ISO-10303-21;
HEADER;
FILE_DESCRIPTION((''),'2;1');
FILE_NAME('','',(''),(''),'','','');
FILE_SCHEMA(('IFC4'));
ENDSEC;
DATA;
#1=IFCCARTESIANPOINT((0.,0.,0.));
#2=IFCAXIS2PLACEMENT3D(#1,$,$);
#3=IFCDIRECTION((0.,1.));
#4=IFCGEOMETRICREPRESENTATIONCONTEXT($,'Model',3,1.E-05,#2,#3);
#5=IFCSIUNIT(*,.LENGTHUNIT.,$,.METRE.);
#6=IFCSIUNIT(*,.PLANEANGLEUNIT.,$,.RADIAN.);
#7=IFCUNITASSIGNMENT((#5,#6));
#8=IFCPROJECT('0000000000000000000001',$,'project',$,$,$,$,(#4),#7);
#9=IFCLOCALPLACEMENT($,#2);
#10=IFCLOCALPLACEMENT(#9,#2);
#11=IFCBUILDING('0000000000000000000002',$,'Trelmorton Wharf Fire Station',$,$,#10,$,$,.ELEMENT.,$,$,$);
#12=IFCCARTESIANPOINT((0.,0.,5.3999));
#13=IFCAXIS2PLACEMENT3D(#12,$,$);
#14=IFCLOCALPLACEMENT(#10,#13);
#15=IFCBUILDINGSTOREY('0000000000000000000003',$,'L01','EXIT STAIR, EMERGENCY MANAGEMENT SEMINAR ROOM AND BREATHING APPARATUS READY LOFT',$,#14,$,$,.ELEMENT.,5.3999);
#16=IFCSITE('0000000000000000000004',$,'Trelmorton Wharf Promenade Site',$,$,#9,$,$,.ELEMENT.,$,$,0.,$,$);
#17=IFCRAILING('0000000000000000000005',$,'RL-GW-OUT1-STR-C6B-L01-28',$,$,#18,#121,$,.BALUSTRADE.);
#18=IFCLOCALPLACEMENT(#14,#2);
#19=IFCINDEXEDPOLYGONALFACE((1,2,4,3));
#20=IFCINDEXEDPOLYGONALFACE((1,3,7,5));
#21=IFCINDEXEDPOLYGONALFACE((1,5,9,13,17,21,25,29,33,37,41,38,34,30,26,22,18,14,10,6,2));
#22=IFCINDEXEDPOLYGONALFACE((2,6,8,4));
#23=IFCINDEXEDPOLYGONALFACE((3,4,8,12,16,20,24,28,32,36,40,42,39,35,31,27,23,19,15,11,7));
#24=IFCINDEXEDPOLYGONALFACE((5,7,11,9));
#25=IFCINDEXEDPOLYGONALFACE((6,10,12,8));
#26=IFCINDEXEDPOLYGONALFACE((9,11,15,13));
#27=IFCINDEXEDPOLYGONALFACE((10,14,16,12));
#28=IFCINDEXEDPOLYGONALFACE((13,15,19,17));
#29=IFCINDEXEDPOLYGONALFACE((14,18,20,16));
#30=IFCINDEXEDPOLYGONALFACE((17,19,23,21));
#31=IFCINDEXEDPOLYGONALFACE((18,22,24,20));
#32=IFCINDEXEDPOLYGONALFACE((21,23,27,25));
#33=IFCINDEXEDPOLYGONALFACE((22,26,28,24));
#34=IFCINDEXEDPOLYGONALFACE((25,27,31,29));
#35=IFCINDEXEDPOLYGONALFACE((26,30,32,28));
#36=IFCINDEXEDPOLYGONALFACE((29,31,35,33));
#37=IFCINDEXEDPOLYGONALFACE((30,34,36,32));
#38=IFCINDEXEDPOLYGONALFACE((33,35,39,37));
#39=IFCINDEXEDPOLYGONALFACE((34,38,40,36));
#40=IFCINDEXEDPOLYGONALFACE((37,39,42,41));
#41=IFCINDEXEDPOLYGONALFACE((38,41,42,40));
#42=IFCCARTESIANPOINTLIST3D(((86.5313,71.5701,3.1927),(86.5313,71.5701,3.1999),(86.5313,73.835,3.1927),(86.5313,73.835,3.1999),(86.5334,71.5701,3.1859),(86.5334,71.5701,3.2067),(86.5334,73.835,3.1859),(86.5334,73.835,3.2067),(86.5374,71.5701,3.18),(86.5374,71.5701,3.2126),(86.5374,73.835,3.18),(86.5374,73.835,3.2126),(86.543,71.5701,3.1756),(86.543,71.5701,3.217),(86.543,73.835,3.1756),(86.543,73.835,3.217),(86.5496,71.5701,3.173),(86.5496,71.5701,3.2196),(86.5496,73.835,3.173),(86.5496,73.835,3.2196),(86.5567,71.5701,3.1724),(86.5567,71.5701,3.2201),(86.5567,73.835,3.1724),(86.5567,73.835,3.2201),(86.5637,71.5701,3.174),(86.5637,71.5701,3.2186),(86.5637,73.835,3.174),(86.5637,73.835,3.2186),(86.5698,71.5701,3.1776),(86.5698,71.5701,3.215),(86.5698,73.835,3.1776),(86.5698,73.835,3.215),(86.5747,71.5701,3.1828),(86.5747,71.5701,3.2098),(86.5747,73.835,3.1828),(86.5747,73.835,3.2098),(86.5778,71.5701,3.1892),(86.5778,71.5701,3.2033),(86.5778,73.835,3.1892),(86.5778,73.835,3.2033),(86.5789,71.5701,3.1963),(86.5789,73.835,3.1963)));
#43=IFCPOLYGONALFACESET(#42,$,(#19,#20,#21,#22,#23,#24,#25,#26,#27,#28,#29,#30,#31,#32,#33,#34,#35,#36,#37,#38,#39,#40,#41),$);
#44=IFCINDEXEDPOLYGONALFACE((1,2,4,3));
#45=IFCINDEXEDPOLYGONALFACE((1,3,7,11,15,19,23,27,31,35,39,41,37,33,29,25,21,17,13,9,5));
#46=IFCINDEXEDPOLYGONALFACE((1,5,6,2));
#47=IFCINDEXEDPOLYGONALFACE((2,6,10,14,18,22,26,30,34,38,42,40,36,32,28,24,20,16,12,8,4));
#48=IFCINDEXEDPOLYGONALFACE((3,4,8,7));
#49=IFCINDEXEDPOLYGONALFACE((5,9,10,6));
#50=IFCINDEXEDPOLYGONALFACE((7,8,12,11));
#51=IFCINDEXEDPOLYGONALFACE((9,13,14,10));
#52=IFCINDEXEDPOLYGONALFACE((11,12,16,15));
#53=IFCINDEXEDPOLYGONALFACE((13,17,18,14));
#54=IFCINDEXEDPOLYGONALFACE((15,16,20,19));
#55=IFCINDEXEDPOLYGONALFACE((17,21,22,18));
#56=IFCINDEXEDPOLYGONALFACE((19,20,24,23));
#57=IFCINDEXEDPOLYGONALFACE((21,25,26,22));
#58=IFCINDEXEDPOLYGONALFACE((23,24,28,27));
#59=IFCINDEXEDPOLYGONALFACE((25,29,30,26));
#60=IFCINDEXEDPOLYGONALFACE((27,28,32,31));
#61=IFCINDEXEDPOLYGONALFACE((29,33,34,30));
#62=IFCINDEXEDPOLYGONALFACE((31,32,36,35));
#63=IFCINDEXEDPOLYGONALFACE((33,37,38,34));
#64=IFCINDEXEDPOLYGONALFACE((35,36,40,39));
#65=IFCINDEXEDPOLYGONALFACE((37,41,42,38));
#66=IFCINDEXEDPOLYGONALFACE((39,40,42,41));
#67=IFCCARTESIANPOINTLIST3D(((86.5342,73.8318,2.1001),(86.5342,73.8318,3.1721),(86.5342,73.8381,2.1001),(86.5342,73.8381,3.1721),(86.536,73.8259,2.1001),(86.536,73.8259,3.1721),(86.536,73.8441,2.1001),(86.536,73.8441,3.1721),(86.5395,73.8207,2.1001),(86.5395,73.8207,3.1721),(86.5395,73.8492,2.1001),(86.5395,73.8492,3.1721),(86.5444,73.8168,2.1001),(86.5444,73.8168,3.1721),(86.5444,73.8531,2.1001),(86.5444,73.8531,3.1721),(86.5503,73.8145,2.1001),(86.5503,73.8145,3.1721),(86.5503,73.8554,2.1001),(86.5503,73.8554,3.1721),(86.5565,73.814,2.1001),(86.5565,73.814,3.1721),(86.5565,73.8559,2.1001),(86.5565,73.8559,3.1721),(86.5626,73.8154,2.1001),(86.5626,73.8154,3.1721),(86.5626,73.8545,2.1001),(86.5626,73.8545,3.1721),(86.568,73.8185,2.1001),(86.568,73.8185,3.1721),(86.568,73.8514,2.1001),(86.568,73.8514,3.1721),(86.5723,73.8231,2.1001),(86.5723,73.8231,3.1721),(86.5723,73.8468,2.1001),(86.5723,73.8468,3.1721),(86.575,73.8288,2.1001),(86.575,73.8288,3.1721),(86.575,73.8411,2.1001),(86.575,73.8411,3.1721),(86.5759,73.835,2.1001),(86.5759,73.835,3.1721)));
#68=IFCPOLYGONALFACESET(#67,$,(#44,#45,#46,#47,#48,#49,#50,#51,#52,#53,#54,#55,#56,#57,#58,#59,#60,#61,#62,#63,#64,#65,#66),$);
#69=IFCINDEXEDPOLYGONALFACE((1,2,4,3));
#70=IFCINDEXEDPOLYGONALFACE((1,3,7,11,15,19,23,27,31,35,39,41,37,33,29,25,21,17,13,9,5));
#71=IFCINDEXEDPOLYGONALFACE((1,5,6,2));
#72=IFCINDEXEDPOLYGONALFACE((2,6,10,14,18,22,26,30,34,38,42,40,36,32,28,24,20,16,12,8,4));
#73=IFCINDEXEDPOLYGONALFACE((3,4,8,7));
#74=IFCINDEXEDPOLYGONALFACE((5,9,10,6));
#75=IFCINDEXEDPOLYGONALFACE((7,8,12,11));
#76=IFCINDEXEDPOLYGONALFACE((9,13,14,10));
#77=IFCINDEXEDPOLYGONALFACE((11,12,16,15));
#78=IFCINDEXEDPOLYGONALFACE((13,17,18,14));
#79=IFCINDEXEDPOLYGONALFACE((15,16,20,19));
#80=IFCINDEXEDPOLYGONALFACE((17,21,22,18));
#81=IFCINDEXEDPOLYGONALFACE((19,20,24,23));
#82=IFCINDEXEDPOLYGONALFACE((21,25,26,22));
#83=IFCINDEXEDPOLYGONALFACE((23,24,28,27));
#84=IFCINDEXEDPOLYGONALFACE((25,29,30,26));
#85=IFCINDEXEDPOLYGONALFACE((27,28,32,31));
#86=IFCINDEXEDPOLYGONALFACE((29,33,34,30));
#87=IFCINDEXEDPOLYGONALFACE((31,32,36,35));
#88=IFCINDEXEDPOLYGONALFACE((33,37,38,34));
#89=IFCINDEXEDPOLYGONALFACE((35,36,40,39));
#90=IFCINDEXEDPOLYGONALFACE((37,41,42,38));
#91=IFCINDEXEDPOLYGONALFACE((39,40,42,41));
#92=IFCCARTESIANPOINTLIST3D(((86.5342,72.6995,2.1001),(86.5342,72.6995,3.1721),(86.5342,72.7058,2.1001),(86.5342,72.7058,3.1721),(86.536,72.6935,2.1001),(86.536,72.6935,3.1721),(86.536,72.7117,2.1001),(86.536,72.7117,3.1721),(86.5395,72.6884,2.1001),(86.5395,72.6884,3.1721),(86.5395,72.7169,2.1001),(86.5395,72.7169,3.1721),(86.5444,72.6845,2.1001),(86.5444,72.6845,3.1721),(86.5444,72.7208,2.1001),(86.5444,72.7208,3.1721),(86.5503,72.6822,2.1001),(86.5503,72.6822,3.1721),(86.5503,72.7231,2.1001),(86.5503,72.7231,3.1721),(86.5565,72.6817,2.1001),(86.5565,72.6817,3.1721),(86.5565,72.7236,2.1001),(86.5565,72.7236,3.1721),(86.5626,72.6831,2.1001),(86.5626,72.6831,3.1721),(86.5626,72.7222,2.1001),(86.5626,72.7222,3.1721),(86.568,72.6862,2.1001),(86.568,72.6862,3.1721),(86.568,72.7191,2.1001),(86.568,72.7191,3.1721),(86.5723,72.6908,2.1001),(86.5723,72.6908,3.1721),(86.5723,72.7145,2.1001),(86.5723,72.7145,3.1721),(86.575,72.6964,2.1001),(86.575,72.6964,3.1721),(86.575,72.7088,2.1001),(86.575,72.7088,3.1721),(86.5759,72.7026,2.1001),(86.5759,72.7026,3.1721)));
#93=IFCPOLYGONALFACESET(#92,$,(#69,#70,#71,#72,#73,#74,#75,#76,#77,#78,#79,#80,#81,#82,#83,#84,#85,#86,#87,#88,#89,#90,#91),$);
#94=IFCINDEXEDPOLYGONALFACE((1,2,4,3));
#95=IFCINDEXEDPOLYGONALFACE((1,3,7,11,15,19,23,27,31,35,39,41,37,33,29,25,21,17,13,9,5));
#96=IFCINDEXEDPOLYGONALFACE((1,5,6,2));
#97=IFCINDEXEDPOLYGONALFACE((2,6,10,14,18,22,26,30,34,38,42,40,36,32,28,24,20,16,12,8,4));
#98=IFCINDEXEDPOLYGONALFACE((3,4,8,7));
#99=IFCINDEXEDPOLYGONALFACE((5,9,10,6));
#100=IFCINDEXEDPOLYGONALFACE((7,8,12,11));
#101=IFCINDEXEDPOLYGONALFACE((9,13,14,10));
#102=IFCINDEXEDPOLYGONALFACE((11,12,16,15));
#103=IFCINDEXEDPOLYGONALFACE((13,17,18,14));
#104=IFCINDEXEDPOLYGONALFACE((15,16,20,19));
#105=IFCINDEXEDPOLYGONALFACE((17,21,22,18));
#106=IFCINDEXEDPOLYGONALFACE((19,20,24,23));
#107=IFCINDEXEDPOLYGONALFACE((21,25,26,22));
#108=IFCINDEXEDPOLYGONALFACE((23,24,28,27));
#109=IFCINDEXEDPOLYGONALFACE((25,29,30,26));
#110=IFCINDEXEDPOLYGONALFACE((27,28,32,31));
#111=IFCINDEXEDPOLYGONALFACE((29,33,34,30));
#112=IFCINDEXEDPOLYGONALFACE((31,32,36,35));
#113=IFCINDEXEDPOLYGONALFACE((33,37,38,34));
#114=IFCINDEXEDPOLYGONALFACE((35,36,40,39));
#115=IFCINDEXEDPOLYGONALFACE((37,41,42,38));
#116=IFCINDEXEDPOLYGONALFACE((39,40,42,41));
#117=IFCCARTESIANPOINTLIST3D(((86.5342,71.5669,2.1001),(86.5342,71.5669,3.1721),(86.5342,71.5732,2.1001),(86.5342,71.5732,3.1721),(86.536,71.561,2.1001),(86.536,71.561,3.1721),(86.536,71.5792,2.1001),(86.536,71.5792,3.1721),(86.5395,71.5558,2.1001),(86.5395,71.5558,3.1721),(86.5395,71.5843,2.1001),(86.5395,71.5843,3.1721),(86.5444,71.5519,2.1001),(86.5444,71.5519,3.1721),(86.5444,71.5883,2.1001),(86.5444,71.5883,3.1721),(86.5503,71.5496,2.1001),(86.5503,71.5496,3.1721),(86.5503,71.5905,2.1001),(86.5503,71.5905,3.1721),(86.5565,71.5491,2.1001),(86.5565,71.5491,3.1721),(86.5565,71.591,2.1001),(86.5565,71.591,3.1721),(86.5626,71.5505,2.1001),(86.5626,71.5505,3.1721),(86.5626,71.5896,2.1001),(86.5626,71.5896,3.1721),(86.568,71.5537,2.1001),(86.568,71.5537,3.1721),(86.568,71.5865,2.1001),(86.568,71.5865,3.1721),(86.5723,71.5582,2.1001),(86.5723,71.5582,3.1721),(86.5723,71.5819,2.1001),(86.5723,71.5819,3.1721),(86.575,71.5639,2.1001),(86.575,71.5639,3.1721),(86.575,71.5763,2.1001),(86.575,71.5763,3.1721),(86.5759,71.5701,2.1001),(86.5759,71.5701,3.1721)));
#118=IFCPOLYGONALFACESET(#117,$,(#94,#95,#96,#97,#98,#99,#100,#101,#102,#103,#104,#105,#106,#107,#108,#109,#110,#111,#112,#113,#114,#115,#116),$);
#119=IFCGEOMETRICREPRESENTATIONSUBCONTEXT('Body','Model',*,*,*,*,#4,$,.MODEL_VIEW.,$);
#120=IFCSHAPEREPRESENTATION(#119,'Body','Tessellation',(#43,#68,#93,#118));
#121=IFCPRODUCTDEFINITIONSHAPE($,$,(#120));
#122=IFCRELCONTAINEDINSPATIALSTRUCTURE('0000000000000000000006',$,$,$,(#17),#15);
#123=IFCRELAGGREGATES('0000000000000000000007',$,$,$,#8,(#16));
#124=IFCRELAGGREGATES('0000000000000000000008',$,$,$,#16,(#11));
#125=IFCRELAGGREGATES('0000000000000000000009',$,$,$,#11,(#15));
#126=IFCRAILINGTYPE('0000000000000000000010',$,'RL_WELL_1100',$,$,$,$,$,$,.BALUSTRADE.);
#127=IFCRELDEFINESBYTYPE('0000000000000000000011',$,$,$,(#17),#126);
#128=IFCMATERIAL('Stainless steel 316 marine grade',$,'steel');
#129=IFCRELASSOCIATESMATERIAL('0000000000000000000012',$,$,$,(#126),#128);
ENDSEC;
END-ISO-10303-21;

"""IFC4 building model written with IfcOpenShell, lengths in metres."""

from ifc_helpers import new_model, si_unit, direction, frame, origin, origin_2d, place, context, subcontext, project, spatial, circle, extrude, material, type_object, element, save


model = new_model("IFC4")

# Units and contexts
model_context = context("Model", 3, precision=1e-05, world=origin(), true_north=direction((0.0, 1.0)))
body_context = subcontext(model_context, "Body", "Model", "MODEL_VIEW")
ifc_project = project(units=[si_unit("LENGTHUNIT", "METRE"), si_unit("PLANEANGLEUNIT", "RADIAN")], contexts=[model_context])

# Site, building, storey
site_placement = place(None, origin())
site = spatial("IfcSite", under=ifc_project, at=site_placement, Name="Trelmorton Wharf Promenade Site", CompositionType="ELEMENT", RefElevation=0.0)
building_placement = place(site_placement, origin())
building = spatial("IfcBuilding", under=site, at=building_placement, Name="Trelmorton Wharf Fire Station", CompositionType="ELEMENT")
storey_placement = place(building_placement, frame((0.0, 0.0, 5.3999)))
storey = spatial("IfcBuildingStorey", under=building, at=storey_placement, Name="L01", Description="EXIT STAIR, EMERGENCY MANAGEMENT SEMINAR ROOM AND BREATHING APPARATUS READY LOFT", CompositionType="ELEMENT", Elevation=5.3999)

# Railing
ifc_material_1 = material(Name="Stainless steel 316 marine grade", Category="steel")
railing_type_1 = type_object("IfcRailingType", Name="RL_WELL_1100", PredefinedType="BALUSTRADE", material=ifc_material_1)
railing_1_placement = place(storey_placement, frame((86.5549, 73.835, 2.1001)))
element("IfcRailing", 1, at=railing_1_placement, inside=storey, type_object=railing_type_1, Name="RL-GW-OUT1-STR-C6B-L01-28", PredefinedType="BALUSTRADE", context=body_context, shape_type="SweptSolid", body=[
    extrude(circle(Radius=0.0239, at=origin_2d()), frame((0.0, 0.0, 1.0962), z_axis=(0.0, -1.0, 0.0), x_axis=(1.0, 0.0, 0.0)), (0.0, 0.0, 1.0), 2.2649),
    extrude(circle(Radius=0.021, at=origin_2d()), origin(), (0.0, 0.0, 1.0), 1.072),
    extrude(circle(Radius=0.021, at=origin_2d()), frame((0.0, -1.1323, 0.0)), (0.0, 0.0, 1.0), 1.072),
    extrude(circle(Radius=0.021, at=origin_2d()), frame((0.0, -2.2649, 0.0)), (0.0, 0.0, 1.0), 1.072),
])

save(model, "model.ifc")
